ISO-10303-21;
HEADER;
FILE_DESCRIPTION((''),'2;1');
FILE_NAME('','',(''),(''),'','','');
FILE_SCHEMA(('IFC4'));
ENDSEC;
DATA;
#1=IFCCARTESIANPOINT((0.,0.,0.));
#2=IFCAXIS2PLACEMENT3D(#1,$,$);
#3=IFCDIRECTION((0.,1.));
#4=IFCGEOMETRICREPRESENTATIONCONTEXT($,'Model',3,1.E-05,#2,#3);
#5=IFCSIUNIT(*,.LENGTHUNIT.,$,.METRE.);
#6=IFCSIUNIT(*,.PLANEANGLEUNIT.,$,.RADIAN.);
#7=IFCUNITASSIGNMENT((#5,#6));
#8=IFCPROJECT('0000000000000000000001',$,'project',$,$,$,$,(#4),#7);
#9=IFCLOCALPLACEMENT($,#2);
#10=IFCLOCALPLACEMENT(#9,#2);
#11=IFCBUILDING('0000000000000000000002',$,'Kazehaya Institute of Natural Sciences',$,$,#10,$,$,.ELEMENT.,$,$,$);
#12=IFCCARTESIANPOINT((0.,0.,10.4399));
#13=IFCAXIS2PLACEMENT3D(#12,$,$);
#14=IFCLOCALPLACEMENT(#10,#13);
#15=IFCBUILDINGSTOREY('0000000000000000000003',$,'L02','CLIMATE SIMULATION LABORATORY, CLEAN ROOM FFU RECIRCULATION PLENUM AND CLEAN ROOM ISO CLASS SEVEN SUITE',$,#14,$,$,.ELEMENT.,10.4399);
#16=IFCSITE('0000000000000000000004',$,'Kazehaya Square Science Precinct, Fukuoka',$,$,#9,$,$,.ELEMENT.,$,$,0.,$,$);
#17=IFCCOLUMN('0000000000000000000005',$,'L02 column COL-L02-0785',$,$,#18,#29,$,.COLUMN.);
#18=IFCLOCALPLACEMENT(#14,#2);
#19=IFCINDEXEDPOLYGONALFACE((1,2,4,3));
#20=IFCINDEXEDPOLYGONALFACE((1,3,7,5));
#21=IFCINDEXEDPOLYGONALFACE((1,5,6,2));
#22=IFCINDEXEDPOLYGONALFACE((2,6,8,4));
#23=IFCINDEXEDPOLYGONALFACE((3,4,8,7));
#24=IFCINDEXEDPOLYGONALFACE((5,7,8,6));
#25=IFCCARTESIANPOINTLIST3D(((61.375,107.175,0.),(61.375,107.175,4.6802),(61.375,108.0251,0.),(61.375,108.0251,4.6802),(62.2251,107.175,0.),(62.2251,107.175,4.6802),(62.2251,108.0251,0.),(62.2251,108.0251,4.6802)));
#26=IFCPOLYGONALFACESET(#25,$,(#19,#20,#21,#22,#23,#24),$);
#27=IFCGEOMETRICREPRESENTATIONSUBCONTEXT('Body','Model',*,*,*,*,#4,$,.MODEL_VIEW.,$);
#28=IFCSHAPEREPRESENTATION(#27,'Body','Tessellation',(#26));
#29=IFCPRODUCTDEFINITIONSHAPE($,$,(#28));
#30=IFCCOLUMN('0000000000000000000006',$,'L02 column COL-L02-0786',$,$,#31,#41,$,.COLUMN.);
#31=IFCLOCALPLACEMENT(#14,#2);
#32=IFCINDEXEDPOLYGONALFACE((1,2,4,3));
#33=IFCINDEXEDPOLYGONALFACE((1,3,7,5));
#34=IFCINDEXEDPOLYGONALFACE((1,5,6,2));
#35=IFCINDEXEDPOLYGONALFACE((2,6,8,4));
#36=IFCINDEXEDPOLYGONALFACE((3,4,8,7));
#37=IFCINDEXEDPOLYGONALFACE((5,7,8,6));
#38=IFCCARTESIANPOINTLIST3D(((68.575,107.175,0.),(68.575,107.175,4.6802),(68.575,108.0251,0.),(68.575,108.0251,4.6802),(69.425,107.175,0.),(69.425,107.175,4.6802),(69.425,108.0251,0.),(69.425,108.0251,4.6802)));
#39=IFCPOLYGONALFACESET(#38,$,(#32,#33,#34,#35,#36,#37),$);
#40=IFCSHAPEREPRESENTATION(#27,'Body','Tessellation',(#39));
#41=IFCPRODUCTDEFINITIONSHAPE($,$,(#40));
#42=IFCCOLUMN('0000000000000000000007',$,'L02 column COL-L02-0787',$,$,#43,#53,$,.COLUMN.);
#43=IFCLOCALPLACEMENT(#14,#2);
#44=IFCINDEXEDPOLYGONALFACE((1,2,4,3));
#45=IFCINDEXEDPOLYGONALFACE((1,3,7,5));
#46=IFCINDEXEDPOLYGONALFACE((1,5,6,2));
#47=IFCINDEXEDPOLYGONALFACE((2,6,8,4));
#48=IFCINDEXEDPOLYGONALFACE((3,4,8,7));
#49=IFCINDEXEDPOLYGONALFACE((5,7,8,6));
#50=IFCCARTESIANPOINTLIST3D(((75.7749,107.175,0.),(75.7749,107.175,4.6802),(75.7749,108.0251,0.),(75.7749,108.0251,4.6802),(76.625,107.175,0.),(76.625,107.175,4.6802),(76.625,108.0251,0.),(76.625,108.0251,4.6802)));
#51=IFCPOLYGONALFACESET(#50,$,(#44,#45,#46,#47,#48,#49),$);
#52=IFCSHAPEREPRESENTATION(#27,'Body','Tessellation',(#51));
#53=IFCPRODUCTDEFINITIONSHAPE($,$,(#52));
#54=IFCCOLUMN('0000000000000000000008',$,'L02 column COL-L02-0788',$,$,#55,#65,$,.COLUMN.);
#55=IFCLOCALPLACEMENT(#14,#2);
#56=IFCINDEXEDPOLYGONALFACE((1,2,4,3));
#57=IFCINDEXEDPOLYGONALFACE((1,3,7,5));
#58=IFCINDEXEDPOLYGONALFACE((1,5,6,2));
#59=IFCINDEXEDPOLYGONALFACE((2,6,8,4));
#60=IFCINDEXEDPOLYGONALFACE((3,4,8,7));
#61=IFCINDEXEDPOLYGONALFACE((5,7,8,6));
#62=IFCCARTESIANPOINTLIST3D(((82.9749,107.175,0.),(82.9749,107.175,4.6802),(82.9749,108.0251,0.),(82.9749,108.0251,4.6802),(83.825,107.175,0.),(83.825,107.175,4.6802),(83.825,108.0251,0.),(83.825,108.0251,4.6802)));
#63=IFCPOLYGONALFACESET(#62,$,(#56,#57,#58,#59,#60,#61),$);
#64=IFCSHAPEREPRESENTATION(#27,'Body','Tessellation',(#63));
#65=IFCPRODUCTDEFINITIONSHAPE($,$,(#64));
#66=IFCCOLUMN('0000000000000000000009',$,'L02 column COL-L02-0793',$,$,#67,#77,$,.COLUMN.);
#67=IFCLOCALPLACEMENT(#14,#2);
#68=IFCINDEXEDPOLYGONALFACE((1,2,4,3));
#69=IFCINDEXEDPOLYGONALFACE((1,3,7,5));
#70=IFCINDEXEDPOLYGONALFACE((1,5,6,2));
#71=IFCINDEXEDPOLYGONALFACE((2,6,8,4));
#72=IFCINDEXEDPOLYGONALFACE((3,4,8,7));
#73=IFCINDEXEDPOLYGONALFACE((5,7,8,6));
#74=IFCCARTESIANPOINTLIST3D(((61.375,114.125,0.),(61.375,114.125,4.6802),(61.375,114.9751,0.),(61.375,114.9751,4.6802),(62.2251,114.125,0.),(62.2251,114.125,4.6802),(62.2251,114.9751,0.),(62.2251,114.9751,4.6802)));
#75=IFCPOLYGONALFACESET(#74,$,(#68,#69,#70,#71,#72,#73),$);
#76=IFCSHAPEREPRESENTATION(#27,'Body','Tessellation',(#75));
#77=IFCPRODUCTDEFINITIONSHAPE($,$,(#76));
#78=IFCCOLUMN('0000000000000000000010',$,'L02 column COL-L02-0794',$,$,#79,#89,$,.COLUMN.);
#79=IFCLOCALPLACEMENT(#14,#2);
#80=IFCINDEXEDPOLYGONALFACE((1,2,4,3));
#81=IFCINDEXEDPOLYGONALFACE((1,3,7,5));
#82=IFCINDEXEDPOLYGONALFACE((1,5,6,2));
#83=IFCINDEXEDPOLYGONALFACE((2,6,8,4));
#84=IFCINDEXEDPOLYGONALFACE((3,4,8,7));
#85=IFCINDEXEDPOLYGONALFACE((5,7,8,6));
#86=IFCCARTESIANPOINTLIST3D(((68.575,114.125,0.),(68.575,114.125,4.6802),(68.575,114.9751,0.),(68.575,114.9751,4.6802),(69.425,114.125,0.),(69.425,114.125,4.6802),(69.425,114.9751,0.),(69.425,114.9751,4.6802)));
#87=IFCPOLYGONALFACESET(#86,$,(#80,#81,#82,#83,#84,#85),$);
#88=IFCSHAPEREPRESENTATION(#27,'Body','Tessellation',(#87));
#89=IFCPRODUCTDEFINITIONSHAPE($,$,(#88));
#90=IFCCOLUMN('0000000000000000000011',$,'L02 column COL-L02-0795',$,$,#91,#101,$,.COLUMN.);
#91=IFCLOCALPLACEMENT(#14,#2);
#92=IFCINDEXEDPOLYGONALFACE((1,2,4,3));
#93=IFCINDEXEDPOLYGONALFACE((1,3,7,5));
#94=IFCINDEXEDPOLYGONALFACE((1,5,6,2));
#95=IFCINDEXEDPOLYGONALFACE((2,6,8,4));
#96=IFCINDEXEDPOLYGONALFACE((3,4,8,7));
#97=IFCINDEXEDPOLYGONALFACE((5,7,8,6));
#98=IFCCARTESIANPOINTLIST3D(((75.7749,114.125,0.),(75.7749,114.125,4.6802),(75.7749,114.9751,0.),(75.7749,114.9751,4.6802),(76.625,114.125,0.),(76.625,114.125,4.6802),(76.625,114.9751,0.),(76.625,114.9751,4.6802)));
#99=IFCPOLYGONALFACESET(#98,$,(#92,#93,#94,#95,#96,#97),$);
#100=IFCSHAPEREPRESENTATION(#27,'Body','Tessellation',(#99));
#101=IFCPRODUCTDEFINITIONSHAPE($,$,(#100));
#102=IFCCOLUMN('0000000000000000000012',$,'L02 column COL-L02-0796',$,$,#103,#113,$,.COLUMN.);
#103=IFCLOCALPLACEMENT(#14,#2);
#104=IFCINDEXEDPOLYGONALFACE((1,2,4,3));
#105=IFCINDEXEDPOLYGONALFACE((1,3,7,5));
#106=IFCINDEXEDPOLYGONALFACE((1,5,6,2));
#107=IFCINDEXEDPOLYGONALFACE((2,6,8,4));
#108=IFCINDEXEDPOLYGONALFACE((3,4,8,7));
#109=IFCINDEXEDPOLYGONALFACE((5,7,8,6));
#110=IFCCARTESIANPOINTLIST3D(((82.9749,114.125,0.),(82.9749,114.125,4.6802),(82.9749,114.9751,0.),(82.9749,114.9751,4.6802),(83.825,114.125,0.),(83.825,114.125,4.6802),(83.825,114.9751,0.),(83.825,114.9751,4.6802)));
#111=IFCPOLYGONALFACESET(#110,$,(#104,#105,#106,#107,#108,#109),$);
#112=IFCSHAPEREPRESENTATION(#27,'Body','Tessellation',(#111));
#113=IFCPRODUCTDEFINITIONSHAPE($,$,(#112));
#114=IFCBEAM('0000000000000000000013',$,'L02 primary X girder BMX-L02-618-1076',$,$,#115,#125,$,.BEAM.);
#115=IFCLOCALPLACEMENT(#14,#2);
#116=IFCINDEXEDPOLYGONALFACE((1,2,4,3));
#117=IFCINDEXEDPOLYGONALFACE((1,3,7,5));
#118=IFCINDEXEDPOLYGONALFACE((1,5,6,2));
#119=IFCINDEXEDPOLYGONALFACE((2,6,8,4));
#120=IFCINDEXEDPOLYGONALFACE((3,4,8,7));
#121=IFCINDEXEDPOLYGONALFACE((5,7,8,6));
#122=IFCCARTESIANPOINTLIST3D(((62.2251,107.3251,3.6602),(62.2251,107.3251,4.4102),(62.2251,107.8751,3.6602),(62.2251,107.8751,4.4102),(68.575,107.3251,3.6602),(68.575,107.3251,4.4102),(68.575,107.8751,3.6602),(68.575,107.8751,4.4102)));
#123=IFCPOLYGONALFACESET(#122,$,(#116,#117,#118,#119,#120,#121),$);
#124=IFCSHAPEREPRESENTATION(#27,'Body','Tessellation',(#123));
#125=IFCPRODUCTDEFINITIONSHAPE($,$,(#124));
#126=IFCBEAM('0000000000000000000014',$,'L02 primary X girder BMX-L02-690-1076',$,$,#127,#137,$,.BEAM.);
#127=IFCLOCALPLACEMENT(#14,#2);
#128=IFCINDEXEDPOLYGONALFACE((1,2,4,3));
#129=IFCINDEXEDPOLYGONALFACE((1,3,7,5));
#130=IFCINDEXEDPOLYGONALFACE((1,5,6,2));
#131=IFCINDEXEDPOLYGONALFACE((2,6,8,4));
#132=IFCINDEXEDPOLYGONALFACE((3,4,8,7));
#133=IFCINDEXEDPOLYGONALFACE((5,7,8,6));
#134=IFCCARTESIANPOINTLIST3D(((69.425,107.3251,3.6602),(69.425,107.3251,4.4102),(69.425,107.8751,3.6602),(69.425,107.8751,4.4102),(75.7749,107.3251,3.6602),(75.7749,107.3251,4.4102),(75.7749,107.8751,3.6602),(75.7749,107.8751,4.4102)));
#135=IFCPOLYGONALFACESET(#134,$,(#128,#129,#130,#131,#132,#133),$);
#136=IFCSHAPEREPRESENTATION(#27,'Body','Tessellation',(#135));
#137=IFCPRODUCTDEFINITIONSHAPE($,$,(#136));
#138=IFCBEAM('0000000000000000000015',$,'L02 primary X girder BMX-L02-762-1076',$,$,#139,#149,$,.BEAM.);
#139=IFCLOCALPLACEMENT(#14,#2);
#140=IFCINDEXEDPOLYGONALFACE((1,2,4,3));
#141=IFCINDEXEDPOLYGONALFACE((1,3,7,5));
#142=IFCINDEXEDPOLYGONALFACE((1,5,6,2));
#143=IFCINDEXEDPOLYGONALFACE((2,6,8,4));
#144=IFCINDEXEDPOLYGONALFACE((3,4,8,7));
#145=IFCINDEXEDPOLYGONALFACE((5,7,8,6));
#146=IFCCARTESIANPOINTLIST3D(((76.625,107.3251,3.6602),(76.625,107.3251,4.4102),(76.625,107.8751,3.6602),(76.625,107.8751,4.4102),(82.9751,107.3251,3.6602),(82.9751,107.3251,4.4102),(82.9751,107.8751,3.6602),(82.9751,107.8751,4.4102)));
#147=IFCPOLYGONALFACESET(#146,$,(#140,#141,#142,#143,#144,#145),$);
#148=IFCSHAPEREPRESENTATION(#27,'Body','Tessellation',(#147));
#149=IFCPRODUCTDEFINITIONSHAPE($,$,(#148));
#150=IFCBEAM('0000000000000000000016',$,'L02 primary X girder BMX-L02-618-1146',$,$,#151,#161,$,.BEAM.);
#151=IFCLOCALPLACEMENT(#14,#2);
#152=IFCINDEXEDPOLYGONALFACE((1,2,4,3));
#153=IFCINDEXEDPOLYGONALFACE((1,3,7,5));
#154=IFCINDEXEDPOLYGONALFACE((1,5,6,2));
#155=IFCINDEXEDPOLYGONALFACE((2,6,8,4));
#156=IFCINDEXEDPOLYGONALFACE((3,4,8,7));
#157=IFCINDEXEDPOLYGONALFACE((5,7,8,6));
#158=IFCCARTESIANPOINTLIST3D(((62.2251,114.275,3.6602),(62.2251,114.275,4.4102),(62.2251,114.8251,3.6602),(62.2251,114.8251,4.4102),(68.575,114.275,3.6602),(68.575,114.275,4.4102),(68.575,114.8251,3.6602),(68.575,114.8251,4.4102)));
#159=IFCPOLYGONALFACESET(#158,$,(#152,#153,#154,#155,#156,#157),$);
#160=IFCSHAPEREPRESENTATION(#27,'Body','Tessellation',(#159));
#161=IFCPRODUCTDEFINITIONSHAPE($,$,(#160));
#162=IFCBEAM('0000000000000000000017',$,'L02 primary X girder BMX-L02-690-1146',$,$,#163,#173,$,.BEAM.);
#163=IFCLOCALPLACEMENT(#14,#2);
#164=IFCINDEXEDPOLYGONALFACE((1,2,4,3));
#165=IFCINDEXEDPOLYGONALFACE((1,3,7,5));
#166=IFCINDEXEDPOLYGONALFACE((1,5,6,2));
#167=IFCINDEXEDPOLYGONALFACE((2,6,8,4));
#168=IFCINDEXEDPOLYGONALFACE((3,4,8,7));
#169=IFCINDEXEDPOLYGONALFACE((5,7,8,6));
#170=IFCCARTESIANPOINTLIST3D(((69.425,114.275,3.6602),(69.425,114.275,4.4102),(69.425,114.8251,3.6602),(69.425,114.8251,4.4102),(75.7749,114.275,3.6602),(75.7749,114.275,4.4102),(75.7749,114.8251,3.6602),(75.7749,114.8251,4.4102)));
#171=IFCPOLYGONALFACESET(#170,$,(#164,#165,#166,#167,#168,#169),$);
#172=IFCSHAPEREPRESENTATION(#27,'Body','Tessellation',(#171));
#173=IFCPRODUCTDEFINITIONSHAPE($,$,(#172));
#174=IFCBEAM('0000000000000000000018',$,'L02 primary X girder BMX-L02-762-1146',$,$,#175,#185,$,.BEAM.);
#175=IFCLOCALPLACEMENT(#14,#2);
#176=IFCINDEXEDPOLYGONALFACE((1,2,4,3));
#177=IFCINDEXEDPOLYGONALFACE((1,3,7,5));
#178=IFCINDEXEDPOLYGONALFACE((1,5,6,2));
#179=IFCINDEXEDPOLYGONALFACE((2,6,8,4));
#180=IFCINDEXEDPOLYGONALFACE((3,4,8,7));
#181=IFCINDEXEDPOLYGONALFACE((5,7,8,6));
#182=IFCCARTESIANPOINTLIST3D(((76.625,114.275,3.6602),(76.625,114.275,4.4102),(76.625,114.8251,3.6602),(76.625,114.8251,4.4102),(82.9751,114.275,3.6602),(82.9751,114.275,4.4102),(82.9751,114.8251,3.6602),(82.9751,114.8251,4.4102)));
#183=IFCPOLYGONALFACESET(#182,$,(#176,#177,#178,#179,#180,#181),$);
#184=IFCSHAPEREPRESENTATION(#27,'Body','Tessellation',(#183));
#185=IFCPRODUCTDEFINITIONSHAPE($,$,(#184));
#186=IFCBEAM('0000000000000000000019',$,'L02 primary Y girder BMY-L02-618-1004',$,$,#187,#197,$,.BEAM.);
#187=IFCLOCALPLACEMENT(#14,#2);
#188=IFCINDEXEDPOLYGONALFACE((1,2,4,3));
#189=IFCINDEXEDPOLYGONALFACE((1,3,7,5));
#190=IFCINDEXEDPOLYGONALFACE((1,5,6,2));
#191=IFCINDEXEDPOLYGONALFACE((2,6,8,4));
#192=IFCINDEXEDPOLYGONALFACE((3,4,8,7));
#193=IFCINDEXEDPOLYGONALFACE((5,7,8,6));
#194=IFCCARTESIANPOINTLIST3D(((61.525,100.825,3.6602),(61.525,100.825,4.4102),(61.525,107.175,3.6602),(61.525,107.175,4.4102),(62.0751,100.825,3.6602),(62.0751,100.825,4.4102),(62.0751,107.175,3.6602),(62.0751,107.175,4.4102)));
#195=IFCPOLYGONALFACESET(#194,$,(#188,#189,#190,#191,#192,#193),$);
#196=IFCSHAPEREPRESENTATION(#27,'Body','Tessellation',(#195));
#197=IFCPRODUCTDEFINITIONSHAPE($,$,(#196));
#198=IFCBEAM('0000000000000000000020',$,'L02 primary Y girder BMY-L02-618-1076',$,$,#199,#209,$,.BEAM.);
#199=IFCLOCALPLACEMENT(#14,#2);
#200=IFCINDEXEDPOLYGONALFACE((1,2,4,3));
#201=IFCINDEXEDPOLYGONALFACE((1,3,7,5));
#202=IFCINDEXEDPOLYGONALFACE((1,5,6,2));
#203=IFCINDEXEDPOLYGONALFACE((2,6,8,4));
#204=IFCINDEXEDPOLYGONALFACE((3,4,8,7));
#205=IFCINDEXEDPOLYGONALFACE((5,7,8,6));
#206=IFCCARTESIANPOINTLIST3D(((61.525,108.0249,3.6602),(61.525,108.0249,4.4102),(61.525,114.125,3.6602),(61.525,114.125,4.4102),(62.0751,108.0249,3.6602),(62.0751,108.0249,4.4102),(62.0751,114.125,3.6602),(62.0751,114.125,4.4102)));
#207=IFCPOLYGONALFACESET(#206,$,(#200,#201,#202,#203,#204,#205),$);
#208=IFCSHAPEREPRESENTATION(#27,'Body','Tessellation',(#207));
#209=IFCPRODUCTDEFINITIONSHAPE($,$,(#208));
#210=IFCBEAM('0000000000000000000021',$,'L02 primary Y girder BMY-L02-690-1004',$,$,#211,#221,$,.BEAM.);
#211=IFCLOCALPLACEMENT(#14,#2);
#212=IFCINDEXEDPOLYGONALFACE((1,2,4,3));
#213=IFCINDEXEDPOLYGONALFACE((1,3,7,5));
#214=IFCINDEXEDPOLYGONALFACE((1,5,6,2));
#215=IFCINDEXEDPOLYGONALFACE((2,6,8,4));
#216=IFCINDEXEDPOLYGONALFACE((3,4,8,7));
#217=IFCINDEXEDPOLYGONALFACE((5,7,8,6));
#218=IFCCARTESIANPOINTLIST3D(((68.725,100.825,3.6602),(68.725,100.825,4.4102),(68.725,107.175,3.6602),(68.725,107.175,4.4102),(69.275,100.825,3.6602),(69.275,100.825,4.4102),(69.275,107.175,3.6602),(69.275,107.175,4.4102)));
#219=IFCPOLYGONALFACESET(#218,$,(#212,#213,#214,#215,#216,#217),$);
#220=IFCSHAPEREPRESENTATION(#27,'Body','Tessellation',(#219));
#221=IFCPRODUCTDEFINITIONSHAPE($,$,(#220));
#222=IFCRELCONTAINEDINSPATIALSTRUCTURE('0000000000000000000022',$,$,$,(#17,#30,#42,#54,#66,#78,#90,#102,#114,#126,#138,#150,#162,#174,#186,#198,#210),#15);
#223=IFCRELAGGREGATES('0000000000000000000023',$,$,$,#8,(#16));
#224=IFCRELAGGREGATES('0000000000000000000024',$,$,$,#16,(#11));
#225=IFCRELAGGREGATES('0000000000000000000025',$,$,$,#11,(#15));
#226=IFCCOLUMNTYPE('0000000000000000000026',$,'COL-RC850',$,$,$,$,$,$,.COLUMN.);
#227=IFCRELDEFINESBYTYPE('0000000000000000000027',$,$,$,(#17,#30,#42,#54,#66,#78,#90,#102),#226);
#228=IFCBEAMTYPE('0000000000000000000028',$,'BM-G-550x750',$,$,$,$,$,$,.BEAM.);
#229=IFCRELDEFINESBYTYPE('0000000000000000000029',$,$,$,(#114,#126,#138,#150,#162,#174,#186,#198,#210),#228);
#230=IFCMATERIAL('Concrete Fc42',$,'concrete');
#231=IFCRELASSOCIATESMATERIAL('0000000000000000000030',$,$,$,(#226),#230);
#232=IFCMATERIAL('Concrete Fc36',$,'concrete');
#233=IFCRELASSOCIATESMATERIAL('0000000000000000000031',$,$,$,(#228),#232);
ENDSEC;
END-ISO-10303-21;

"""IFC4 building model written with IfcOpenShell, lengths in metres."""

from ifc_helpers import new_model, si_unit, direction, frame, origin, origin_2d, place, context, subcontext, project, spatial, rectangle, extrude, material, material_profile, profile_set, type_object, element, save


model = new_model("IFC4")

# Units and contexts
model_context = context("Model", 3, precision=1e-05, world=origin(), true_north=direction((0.0, 1.0)))
body_context = subcontext(model_context, "Body", "Model", "MODEL_VIEW")
ifc_project = project(units=[si_unit("LENGTHUNIT", "METRE"), si_unit("PLANEANGLEUNIT", "RADIAN")], contexts=[model_context])

# Site, building, storey
site_placement = place(None, origin())
site = spatial("IfcSite", under=ifc_project, at=site_placement, Name="Kazehaya Square Science Precinct, Fukuoka", CompositionType="ELEMENT", RefElevation=0.0)
building_placement = place(site_placement, origin())
building = spatial("IfcBuilding", under=site, at=building_placement, Name="Kazehaya Institute of Natural Sciences", CompositionType="ELEMENT")
storey_placement = place(building_placement, frame((0.0, 0.0, 10.4399)))
storey = spatial("IfcBuildingStorey", under=building, at=storey_placement, Name="L02", Description="CLIMATE SIMULATION LABORATORY, CLEAN ROOM FFU RECIRCULATION PLENUM AND CLEAN ROOM ISO CLASS SEVEN SUITE", CompositionType="ELEMENT", Elevation=10.4399)

# Columns
ifc_material_1 = material(Name="Concrete Fc42", Category="concrete")
ifc_material_profile_1 = material_profile(ifc_material_1, rectangle(XDim=0.8501, YDim=0.8501, at=origin_2d()), Name="RC-850x850")
ifc_profile_set_1 = profile_set([ifc_material_profile_1], Name="Concrete Fc42")
column_type = type_object("IfcColumnType", Name="COL-RC850", PredefinedType="COLUMN", material=ifc_profile_set_1)
for number, where, z_axis, x_axis, name in (
    (1, (61.8, 107.6001, 0.0), (0.0, 0.0, 1.0), (1.0, 0.0, 0.0), "L02 column COL-L02-0785"),
    (2, (69.0, 107.6001, 0.0), (0.0, 0.0, 1.0), (1.0, 0.0, 0.0), "L02 column COL-L02-0786"),
    (3, (76.2, 107.6001, 0.0), (0.0, 0.0, 1.0), (1.0, 0.0, 0.0), "L02 column COL-L02-0787"),
    (4, (83.3999, 107.6001, 0.0), (0.0, 0.0, 1.0), (1.0, 0.0, 0.0), "L02 column COL-L02-0788"),
    (5, (61.8, 114.55, 0.0), (0.0, 0.0, 1.0), (1.0, 0.0, 0.0), "L02 column COL-L02-0793"),
    (6, (69.0, 114.55, 0.0), (0.0, 0.0, 1.0), (1.0, 0.0, 0.0), "L02 column COL-L02-0794"),
    (7, (76.2, 114.55, 0.0), (0.0, 0.0, 1.0), (1.0, 0.0, 0.0), "L02 column COL-L02-0795"),
    (8, (83.3999, 114.55, 0.0), (0.0, 0.0, 1.0), (1.0, 0.0, 0.0), "L02 column COL-L02-0796"),
):
    element("IfcColumn", number, at=place(storey_placement, frame(where, z_axis=z_axis, x_axis=x_axis)), inside=storey, type_object=column_type, Name=name, PredefinedType="COLUMN", context=body_context, shape_type="SweptSolid", body=[
        extrude(rectangle(XDim=0.8501, YDim=0.8501, at=origin_2d()), origin(), (0.0, 0.0, 1.0), 4.6802),
    ])

# Beams
ifc_material_2 = material(Name="Concrete Fc36", Category="concrete")
ifc_material_profile_2 = material_profile(ifc_material_2, rectangle(XDim=0.55, YDim=0.75, at=origin_2d()), Name="RC-550x750")
ifc_profile_set_2 = profile_set([ifc_material_profile_2], Name="Concrete Fc36")
beam_type = type_object("IfcBeamType", Name="BM-G-550x750", PredefinedType="BEAM", material=ifc_profile_set_2)
for number, where, z_axis, x_axis, name in (
    (9, (62.2251, 107.6001, 4.0352), (1.0, 0.0, 0.0), (0.0, 1.0, 0.0), "L02 primary X girder BMX-L02-618-1076"),
    (10, (69.425, 107.6001, 4.0352), (1.0, 0.0, 0.0), (0.0, 1.0, 0.0), "L02 primary X girder BMX-L02-690-1076"),
):
    element("IfcBeam", number, at=place(storey_placement, frame(where, z_axis=z_axis, x_axis=x_axis)), inside=storey, type_object=beam_type, Name=name, PredefinedType="BEAM", context=body_context, shape_type="SweptSolid", body=[
        extrude(rectangle(XDim=0.55, YDim=0.75, at=origin_2d()), origin(), (0.0, 0.0, 1.0), 6.3499),
    ])
beam_1_placement = place(storey_placement, frame((76.625, 107.6001, 4.0352), z_axis=(1.0, 0.0, 0.0), x_axis=(0.0, 1.0, 0.0)))
element("IfcBeam", 11, at=beam_1_placement, inside=storey, type_object=beam_type, Name="L02 primary X girder BMX-L02-762-1076", PredefinedType="BEAM", context=body_context, shape_type="SweptSolid", body=[
    extrude(rectangle(XDim=0.55, YDim=0.75, at=origin_2d()), origin(), (0.0, 0.0, 1.0), 6.3501),
])
for number, where, z_axis, x_axis, name in (
    (12, (62.2251, 114.55, 4.0352), (1.0, 0.0, 0.0), (0.0, 1.0, 0.0), "L02 primary X girder BMX-L02-618-1146"),
    (13, (69.425, 114.55, 4.0352), (1.0, 0.0, 0.0), (0.0, 1.0, 0.0), "L02 primary X girder BMX-L02-690-1146"),
):
    element("IfcBeam", number, at=place(storey_placement, frame(where, z_axis=z_axis, x_axis=x_axis)), inside=storey, type_object=beam_type, Name=name, PredefinedType="BEAM", context=body_context, shape_type="SweptSolid", body=[
        extrude(rectangle(XDim=0.55, YDim=0.75, at=origin_2d()), origin(), (0.0, 0.0, 1.0), 6.3499),
    ])
for number, where, z_axis, x_axis, name in (
    (14, (76.625, 114.55, 4.0352), (1.0, 0.0, 0.0), (0.0, 1.0, 0.0), "L02 primary X girder BMX-L02-762-1146"),
    (15, (61.8, 100.825, 4.0352), (0.0, 1.0, 0.0), (-1.0, 0.0, 0.0), "L02 primary Y girder BMY-L02-618-1004"),
):
    element("IfcBeam", number, at=place(storey_placement, frame(where, z_axis=z_axis, x_axis=x_axis)), inside=storey, type_object=beam_type, Name=name, PredefinedType="BEAM", context=body_context, shape_type="SweptSolid", body=[
        extrude(rectangle(XDim=0.55, YDim=0.75, at=origin_2d()), origin(), (0.0, 0.0, 1.0), 6.3501),
    ])
beam_2_placement = place(storey_placement, frame((61.8, 108.0249, 4.0352), z_axis=(0.0, 1.0, 0.0), x_axis=(-1.0, 0.0, 0.0)))
element("IfcBeam", 16, at=beam_2_placement, inside=storey, type_object=beam_type, Name="L02 primary Y girder BMY-L02-618-1076", PredefinedType="BEAM", context=body_context, shape_type="SweptSolid", body=[
    extrude(rectangle(XDim=0.55, YDim=0.75, at=origin_2d()), origin(), (0.0, 0.0, 1.0), 6.1001),
])
beam_3_placement = place(storey_placement, frame((69.0, 100.825, 4.0352), z_axis=(0.0, 1.0, 0.0), x_axis=(-1.0, 0.0, 0.0)))
element("IfcBeam", 17, at=beam_3_placement, inside=storey, type_object=beam_type, Name="L02 primary Y girder BMY-L02-690-1004", PredefinedType="BEAM", context=body_context, shape_type="SweptSolid", body=[
    extrude(rectangle(XDim=0.55, YDim=0.75, at=origin_2d()), origin(), (0.0, 0.0, 1.0), 6.3501),
])

save(model, "model.ifc")
